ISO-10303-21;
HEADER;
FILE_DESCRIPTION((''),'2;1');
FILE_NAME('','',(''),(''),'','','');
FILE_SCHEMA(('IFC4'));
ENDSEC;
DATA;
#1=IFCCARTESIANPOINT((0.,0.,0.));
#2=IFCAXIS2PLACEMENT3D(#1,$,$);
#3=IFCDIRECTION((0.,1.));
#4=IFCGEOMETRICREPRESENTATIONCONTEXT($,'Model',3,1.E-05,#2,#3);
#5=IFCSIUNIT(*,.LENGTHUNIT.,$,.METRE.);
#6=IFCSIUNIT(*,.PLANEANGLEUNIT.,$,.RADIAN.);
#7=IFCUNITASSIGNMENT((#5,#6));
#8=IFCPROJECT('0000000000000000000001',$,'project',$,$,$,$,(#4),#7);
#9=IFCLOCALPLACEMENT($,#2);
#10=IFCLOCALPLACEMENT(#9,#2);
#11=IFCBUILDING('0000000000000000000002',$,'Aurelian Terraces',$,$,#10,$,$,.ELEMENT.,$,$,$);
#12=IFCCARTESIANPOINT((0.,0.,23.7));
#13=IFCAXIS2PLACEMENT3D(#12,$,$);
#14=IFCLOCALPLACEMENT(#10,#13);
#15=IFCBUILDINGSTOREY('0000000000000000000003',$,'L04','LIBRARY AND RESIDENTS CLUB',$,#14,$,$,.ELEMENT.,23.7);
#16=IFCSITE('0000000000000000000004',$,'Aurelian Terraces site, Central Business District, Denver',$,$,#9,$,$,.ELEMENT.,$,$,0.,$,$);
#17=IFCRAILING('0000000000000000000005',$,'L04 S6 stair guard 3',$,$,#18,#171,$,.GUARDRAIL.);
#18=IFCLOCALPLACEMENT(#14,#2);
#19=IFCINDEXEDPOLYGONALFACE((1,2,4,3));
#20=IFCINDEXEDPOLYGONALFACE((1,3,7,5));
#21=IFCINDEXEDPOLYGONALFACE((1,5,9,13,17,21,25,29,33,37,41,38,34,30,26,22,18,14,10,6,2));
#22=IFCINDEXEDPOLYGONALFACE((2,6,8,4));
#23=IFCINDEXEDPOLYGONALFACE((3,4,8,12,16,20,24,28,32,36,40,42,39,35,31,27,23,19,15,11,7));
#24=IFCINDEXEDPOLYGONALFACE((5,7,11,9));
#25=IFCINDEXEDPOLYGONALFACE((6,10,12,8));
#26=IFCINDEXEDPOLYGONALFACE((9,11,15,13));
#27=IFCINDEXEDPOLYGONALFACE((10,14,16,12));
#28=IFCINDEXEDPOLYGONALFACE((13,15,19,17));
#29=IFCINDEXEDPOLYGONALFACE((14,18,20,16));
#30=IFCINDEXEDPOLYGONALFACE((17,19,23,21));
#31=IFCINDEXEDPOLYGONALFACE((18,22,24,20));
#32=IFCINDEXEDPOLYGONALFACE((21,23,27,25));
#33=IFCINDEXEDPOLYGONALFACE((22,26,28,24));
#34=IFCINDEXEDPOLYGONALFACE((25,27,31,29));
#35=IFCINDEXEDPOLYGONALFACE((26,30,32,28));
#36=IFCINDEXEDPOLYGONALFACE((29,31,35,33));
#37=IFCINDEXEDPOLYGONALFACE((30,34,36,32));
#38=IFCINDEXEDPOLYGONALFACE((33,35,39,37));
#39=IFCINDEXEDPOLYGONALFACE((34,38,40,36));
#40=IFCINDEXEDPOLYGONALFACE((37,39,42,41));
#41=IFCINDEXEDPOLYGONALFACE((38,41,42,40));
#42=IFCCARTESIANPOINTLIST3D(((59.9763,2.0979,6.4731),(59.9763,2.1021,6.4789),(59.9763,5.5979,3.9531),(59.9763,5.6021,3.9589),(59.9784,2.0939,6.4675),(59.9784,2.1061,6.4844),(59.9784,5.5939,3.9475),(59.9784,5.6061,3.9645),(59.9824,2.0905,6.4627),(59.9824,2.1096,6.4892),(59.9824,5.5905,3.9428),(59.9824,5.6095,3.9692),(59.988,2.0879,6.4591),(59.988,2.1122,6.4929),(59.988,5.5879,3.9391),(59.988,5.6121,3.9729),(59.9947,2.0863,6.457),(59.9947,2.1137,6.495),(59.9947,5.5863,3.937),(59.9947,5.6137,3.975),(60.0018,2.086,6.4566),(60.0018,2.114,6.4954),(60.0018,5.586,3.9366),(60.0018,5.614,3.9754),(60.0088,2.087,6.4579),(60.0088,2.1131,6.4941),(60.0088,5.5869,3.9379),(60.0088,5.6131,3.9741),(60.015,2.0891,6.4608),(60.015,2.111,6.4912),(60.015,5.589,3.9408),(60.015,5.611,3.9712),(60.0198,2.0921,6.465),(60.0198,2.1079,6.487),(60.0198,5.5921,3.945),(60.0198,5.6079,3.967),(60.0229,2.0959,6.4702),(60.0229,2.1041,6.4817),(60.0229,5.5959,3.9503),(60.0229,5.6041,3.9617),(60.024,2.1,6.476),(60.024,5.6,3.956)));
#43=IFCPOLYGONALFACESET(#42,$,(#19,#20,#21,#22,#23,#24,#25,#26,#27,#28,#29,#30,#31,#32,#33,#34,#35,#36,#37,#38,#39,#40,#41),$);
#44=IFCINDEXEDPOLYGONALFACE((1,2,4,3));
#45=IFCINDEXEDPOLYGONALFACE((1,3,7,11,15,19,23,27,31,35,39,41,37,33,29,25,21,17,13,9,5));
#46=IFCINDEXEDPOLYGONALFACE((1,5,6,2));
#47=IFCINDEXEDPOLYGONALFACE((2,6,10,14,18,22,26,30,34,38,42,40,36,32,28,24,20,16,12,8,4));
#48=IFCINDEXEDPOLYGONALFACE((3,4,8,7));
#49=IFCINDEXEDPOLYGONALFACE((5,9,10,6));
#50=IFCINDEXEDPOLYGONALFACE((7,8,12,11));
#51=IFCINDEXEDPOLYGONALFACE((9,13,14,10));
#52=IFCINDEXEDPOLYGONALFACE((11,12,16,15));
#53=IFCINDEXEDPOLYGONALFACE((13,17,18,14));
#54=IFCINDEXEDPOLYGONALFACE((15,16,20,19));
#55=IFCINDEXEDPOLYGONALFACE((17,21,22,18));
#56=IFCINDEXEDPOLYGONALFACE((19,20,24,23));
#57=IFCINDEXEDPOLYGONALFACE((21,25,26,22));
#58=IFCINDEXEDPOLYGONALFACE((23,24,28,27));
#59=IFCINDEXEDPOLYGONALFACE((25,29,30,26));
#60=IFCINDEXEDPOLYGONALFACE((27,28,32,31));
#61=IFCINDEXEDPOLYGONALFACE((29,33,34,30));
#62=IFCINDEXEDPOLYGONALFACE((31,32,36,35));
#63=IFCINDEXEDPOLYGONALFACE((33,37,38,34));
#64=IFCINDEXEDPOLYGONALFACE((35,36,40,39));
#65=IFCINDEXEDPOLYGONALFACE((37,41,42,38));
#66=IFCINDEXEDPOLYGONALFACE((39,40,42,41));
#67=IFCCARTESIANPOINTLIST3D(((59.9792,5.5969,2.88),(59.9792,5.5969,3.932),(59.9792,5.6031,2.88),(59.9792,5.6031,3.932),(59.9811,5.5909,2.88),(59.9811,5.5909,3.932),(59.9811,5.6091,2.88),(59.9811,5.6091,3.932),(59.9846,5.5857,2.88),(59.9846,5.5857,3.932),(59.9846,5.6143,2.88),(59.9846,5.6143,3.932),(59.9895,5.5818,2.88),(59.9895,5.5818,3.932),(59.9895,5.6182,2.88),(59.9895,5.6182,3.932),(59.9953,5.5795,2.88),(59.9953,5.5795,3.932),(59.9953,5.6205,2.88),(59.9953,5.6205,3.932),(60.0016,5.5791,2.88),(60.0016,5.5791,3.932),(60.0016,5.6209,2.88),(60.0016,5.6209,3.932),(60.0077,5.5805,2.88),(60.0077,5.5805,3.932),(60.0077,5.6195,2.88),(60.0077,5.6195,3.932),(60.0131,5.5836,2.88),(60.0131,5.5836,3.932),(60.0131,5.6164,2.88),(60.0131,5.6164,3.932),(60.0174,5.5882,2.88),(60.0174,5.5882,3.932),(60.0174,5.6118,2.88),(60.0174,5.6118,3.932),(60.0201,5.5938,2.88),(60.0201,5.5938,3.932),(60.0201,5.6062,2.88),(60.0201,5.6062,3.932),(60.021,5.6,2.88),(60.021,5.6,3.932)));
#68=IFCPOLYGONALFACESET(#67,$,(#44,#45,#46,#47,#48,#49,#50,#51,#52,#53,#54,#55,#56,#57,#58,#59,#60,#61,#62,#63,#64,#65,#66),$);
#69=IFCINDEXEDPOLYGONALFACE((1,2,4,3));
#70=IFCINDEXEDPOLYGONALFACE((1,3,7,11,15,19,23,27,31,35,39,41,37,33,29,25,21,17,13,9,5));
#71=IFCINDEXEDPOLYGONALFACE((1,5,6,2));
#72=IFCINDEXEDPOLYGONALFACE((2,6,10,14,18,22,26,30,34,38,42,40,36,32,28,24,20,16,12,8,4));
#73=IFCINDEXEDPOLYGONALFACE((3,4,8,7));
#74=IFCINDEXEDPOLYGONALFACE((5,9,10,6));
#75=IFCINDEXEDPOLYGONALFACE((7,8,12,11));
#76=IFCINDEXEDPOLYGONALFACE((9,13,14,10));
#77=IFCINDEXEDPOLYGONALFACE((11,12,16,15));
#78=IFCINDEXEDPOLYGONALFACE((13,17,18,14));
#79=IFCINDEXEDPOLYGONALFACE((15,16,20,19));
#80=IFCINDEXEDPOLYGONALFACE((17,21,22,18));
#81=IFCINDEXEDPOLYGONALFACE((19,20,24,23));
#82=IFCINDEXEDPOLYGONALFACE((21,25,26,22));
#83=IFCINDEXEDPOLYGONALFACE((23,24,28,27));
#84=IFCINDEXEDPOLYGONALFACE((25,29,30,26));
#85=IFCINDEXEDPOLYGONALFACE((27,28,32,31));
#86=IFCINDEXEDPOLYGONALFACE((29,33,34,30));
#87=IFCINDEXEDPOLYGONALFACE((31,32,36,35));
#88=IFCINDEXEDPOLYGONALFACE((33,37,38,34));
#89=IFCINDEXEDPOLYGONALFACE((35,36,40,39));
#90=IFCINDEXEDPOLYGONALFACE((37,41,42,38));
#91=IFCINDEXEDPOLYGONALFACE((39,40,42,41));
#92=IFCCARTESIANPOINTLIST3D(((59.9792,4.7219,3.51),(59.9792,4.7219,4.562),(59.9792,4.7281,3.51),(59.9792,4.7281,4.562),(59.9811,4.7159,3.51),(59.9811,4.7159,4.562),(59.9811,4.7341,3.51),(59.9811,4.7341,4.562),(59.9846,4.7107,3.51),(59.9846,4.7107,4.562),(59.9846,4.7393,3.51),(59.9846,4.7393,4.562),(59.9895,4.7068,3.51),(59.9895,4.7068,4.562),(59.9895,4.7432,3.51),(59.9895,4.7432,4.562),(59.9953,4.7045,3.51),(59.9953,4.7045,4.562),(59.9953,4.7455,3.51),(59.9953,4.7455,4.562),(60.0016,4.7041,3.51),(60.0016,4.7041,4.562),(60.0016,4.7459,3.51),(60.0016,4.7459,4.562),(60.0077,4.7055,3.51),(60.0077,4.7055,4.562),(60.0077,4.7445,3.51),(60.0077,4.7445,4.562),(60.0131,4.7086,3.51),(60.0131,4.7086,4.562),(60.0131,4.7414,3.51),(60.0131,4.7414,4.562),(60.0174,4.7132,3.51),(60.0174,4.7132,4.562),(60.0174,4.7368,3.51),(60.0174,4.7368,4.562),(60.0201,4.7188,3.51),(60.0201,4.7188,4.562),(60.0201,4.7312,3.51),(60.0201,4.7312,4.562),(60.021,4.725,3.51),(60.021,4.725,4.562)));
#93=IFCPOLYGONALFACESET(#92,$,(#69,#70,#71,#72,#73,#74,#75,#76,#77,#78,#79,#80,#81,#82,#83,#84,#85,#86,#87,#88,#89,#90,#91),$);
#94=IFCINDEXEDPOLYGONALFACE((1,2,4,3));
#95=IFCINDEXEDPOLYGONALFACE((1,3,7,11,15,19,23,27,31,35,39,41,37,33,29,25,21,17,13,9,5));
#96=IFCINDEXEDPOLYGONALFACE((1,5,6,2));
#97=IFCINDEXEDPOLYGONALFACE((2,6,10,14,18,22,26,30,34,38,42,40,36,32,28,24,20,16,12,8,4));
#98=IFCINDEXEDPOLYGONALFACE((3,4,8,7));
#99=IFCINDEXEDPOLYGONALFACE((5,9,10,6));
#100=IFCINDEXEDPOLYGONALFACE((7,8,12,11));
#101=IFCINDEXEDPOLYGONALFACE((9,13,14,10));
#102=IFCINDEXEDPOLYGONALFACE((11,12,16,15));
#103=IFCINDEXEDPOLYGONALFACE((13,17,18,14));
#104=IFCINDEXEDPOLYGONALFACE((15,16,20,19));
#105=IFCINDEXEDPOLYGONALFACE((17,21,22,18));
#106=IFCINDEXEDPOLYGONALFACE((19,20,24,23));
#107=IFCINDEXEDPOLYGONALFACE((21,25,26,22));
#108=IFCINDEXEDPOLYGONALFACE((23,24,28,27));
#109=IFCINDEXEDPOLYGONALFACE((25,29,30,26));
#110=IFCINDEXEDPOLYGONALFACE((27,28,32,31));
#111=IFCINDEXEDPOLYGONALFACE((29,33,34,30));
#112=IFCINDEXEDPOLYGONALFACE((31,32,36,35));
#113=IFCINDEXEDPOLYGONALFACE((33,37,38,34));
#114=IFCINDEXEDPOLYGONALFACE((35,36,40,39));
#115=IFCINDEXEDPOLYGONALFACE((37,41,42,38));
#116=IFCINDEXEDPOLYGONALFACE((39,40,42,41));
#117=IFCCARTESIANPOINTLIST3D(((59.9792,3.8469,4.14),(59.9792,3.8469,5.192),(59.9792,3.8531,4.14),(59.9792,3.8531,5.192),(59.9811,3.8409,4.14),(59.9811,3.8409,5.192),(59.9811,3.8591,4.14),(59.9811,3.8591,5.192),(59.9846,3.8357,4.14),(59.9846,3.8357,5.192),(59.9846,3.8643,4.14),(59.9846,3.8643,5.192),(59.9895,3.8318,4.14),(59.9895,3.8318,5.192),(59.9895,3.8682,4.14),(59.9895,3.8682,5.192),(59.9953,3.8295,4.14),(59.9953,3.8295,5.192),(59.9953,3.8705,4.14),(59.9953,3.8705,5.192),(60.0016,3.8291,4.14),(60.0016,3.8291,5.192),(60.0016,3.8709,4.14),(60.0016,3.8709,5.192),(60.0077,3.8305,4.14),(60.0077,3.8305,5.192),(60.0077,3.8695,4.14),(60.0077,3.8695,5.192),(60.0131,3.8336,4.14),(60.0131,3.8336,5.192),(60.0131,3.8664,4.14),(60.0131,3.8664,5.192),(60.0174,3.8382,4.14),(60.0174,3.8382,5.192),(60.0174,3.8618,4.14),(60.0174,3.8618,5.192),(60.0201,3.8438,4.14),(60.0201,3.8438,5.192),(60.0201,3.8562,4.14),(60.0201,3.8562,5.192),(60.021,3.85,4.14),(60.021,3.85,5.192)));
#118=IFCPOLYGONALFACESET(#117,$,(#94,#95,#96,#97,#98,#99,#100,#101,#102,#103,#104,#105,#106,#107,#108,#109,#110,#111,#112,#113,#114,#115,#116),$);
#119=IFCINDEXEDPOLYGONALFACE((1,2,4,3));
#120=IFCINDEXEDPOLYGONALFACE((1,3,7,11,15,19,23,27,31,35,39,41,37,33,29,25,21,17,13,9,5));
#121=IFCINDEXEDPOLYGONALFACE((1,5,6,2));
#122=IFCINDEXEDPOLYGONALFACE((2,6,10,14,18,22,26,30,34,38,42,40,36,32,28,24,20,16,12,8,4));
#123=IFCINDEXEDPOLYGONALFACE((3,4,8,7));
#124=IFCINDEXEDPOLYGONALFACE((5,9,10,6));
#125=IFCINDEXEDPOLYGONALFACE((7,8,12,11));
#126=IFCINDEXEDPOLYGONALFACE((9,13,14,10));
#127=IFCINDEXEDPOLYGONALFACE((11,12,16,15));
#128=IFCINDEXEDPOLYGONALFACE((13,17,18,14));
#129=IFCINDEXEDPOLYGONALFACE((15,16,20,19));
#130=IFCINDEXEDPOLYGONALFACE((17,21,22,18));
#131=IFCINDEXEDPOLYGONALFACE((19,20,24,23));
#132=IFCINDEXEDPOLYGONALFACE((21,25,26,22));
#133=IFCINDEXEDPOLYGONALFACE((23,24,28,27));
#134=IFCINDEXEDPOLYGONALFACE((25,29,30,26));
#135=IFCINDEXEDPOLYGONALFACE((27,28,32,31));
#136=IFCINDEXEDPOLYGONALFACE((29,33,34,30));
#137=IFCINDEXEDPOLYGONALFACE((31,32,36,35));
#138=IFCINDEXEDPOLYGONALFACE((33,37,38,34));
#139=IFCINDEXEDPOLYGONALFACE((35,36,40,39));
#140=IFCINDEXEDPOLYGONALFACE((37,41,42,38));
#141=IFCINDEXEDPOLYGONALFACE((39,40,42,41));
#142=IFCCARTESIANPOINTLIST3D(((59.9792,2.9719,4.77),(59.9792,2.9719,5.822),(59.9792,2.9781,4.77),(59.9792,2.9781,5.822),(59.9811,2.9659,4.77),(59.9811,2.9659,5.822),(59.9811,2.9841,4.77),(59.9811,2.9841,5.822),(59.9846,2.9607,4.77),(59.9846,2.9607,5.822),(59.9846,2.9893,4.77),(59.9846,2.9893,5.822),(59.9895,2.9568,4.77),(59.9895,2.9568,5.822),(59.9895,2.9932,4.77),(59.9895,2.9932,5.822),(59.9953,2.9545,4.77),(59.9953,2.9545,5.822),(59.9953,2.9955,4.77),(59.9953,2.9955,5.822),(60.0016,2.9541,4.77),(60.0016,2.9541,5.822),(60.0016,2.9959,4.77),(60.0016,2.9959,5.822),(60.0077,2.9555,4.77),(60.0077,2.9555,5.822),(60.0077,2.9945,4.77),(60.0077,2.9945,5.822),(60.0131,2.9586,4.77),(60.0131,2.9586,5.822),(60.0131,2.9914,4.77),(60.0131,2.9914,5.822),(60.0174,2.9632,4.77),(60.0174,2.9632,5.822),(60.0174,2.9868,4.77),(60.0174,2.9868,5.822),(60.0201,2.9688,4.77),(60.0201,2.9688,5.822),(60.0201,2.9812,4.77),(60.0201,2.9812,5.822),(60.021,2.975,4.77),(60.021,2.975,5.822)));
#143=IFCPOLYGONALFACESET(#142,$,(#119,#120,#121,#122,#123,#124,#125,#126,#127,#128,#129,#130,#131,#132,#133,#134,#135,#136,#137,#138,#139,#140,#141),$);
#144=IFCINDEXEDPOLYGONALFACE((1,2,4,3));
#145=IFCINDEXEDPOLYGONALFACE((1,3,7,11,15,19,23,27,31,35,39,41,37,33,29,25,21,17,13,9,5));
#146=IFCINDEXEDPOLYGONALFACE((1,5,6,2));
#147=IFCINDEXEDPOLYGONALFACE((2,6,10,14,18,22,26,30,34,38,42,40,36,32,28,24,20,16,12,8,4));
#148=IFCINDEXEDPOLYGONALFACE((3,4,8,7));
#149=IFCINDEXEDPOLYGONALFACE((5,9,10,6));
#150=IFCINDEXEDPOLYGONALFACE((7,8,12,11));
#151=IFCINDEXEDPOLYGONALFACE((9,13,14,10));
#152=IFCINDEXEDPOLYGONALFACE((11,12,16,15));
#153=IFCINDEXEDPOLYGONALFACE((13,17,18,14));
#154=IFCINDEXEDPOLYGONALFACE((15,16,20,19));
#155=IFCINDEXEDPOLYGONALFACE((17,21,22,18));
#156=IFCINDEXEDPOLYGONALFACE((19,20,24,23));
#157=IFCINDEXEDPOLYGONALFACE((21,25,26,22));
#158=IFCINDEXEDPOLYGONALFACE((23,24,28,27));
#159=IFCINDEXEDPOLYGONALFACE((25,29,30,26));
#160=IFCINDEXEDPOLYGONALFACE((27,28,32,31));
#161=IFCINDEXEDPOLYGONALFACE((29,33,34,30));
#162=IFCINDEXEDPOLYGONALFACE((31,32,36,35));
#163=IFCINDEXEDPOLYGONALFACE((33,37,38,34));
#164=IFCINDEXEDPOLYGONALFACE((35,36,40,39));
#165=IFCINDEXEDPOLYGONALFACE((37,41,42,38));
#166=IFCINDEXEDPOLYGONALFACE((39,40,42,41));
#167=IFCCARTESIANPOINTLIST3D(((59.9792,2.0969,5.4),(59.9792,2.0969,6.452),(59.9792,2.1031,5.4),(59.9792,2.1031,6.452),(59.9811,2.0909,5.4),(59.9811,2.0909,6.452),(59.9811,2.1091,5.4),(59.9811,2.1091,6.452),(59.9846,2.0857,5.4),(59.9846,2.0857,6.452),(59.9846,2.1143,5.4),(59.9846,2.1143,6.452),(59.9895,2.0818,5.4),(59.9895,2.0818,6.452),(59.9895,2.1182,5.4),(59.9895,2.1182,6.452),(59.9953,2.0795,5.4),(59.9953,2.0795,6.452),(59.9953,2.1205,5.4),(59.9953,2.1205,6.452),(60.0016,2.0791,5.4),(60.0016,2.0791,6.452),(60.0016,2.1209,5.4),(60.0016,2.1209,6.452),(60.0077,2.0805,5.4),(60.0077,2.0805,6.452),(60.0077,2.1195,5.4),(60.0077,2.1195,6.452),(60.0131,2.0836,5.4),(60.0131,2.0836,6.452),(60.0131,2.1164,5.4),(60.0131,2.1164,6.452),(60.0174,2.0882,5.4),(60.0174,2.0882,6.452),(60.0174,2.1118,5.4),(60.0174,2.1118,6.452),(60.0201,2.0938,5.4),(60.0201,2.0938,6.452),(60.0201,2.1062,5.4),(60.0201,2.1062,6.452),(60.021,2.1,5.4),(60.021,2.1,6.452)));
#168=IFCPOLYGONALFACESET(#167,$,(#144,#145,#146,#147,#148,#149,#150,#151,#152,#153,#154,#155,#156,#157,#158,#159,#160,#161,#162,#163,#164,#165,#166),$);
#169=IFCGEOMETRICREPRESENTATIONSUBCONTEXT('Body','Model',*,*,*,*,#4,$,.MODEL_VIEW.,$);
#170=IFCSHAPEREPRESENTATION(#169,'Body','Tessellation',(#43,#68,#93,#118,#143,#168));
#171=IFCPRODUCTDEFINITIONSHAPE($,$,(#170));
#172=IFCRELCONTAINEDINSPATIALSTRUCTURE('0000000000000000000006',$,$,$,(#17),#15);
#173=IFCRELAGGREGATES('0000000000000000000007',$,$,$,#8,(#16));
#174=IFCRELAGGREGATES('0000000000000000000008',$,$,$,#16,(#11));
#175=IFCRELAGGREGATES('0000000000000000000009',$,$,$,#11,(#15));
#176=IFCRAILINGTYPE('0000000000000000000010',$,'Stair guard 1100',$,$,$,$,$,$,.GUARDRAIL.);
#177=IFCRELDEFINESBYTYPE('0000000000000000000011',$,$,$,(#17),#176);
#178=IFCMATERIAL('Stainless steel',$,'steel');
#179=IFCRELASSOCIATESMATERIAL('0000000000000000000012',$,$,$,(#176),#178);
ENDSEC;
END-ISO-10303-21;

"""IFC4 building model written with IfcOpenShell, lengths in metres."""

from ifc_helpers import new_model, si_unit, direction, frame, origin, origin_2d, place, context, subcontext, project, spatial, circle, extrude, source, transform, mapped, material, type_object, element, save


model = new_model("IFC4")

# Units and contexts
model_context = context("Model", 3, precision=1e-05, world=origin(), true_north=direction((0.0, 1.0)))
body_context = subcontext(model_context, "Body", "Model", "MODEL_VIEW")
ifc_project = project(units=[si_unit("LENGTHUNIT", "METRE"), si_unit("PLANEANGLEUNIT", "RADIAN")], contexts=[model_context])

# Site, building, storey
site_placement = place(None, origin())
site = spatial("IfcSite", under=ifc_project, at=site_placement, Name="Aurelian Terraces site, Central Business District, Denver", CompositionType="ELEMENT", RefElevation=0.0)
building_placement = place(site_placement, origin())
building = spatial("IfcBuilding", under=site, at=building_placement, Name="Aurelian Terraces", CompositionType="ELEMENT")
storey_placement = place(building_placement, frame((0.0, 0.0, 23.7)))
storey = spatial("IfcBuildingStorey", under=building, at=storey_placement, Name="L04", Description="LIBRARY AND RESIDENTS CLUB", CompositionType="ELEMENT", Elevation=23.7)

# Railing
ifc_material_1 = material(Name="Stainless steel", Category="steel")
railing_type_1 = type_object("IfcRailingType", Name="Stair guard 1100", PredefinedType="GUARDRAIL", material=ifc_material_1)
shared_shape_1 = source(origin(), body_context, "Body", "SweptSolid", [
    extrude(circle(Radius=0.024, at=origin_2d()), frame((0.0, 0.0, 1.076), z_axis=(0.0, -0.811534, 0.584305), x_axis=(1.0, 0.0, 0.0)), (0.0, 0.0, 1.0), 4.3128),
    extrude(circle(Radius=0.021, at=origin_2d()), origin(), (0.0, 0.0, 1.0), 1.052),
    extrude(circle(Radius=0.021, at=origin_2d()), frame((0.0, -0.875, 0.63)), (0.0, 0.0, 1.0), 1.052),
    extrude(circle(Radius=0.021, at=origin_2d()), frame((0.0, -1.75, 1.26)), (0.0, 0.0, 1.0), 1.052),
    extrude(circle(Radius=0.021, at=origin_2d()), frame((0.0, -2.625, 1.89)), (0.0, 0.0, 1.0), 1.052),
    extrude(circle(Radius=0.021, at=origin_2d()), frame((0.0, -3.5, 2.52)), (0.0, 0.0, 1.0), 1.052),
])
railing_1_placement = place(storey_placement, frame((60.0, 5.6, 2.88)))
element("IfcRailing", 1, at=railing_1_placement, inside=storey, type_object=railing_type_1, Name="L04 S6 stair guard 3", PredefinedType="GUARDRAIL", context=body_context, shape_type="MappedRepresentation", body=[
    mapped(shared_shape_1, transform((0.0, 0.0, 0.0), scale=1.0)),
])

save(model, "model.ifc")
